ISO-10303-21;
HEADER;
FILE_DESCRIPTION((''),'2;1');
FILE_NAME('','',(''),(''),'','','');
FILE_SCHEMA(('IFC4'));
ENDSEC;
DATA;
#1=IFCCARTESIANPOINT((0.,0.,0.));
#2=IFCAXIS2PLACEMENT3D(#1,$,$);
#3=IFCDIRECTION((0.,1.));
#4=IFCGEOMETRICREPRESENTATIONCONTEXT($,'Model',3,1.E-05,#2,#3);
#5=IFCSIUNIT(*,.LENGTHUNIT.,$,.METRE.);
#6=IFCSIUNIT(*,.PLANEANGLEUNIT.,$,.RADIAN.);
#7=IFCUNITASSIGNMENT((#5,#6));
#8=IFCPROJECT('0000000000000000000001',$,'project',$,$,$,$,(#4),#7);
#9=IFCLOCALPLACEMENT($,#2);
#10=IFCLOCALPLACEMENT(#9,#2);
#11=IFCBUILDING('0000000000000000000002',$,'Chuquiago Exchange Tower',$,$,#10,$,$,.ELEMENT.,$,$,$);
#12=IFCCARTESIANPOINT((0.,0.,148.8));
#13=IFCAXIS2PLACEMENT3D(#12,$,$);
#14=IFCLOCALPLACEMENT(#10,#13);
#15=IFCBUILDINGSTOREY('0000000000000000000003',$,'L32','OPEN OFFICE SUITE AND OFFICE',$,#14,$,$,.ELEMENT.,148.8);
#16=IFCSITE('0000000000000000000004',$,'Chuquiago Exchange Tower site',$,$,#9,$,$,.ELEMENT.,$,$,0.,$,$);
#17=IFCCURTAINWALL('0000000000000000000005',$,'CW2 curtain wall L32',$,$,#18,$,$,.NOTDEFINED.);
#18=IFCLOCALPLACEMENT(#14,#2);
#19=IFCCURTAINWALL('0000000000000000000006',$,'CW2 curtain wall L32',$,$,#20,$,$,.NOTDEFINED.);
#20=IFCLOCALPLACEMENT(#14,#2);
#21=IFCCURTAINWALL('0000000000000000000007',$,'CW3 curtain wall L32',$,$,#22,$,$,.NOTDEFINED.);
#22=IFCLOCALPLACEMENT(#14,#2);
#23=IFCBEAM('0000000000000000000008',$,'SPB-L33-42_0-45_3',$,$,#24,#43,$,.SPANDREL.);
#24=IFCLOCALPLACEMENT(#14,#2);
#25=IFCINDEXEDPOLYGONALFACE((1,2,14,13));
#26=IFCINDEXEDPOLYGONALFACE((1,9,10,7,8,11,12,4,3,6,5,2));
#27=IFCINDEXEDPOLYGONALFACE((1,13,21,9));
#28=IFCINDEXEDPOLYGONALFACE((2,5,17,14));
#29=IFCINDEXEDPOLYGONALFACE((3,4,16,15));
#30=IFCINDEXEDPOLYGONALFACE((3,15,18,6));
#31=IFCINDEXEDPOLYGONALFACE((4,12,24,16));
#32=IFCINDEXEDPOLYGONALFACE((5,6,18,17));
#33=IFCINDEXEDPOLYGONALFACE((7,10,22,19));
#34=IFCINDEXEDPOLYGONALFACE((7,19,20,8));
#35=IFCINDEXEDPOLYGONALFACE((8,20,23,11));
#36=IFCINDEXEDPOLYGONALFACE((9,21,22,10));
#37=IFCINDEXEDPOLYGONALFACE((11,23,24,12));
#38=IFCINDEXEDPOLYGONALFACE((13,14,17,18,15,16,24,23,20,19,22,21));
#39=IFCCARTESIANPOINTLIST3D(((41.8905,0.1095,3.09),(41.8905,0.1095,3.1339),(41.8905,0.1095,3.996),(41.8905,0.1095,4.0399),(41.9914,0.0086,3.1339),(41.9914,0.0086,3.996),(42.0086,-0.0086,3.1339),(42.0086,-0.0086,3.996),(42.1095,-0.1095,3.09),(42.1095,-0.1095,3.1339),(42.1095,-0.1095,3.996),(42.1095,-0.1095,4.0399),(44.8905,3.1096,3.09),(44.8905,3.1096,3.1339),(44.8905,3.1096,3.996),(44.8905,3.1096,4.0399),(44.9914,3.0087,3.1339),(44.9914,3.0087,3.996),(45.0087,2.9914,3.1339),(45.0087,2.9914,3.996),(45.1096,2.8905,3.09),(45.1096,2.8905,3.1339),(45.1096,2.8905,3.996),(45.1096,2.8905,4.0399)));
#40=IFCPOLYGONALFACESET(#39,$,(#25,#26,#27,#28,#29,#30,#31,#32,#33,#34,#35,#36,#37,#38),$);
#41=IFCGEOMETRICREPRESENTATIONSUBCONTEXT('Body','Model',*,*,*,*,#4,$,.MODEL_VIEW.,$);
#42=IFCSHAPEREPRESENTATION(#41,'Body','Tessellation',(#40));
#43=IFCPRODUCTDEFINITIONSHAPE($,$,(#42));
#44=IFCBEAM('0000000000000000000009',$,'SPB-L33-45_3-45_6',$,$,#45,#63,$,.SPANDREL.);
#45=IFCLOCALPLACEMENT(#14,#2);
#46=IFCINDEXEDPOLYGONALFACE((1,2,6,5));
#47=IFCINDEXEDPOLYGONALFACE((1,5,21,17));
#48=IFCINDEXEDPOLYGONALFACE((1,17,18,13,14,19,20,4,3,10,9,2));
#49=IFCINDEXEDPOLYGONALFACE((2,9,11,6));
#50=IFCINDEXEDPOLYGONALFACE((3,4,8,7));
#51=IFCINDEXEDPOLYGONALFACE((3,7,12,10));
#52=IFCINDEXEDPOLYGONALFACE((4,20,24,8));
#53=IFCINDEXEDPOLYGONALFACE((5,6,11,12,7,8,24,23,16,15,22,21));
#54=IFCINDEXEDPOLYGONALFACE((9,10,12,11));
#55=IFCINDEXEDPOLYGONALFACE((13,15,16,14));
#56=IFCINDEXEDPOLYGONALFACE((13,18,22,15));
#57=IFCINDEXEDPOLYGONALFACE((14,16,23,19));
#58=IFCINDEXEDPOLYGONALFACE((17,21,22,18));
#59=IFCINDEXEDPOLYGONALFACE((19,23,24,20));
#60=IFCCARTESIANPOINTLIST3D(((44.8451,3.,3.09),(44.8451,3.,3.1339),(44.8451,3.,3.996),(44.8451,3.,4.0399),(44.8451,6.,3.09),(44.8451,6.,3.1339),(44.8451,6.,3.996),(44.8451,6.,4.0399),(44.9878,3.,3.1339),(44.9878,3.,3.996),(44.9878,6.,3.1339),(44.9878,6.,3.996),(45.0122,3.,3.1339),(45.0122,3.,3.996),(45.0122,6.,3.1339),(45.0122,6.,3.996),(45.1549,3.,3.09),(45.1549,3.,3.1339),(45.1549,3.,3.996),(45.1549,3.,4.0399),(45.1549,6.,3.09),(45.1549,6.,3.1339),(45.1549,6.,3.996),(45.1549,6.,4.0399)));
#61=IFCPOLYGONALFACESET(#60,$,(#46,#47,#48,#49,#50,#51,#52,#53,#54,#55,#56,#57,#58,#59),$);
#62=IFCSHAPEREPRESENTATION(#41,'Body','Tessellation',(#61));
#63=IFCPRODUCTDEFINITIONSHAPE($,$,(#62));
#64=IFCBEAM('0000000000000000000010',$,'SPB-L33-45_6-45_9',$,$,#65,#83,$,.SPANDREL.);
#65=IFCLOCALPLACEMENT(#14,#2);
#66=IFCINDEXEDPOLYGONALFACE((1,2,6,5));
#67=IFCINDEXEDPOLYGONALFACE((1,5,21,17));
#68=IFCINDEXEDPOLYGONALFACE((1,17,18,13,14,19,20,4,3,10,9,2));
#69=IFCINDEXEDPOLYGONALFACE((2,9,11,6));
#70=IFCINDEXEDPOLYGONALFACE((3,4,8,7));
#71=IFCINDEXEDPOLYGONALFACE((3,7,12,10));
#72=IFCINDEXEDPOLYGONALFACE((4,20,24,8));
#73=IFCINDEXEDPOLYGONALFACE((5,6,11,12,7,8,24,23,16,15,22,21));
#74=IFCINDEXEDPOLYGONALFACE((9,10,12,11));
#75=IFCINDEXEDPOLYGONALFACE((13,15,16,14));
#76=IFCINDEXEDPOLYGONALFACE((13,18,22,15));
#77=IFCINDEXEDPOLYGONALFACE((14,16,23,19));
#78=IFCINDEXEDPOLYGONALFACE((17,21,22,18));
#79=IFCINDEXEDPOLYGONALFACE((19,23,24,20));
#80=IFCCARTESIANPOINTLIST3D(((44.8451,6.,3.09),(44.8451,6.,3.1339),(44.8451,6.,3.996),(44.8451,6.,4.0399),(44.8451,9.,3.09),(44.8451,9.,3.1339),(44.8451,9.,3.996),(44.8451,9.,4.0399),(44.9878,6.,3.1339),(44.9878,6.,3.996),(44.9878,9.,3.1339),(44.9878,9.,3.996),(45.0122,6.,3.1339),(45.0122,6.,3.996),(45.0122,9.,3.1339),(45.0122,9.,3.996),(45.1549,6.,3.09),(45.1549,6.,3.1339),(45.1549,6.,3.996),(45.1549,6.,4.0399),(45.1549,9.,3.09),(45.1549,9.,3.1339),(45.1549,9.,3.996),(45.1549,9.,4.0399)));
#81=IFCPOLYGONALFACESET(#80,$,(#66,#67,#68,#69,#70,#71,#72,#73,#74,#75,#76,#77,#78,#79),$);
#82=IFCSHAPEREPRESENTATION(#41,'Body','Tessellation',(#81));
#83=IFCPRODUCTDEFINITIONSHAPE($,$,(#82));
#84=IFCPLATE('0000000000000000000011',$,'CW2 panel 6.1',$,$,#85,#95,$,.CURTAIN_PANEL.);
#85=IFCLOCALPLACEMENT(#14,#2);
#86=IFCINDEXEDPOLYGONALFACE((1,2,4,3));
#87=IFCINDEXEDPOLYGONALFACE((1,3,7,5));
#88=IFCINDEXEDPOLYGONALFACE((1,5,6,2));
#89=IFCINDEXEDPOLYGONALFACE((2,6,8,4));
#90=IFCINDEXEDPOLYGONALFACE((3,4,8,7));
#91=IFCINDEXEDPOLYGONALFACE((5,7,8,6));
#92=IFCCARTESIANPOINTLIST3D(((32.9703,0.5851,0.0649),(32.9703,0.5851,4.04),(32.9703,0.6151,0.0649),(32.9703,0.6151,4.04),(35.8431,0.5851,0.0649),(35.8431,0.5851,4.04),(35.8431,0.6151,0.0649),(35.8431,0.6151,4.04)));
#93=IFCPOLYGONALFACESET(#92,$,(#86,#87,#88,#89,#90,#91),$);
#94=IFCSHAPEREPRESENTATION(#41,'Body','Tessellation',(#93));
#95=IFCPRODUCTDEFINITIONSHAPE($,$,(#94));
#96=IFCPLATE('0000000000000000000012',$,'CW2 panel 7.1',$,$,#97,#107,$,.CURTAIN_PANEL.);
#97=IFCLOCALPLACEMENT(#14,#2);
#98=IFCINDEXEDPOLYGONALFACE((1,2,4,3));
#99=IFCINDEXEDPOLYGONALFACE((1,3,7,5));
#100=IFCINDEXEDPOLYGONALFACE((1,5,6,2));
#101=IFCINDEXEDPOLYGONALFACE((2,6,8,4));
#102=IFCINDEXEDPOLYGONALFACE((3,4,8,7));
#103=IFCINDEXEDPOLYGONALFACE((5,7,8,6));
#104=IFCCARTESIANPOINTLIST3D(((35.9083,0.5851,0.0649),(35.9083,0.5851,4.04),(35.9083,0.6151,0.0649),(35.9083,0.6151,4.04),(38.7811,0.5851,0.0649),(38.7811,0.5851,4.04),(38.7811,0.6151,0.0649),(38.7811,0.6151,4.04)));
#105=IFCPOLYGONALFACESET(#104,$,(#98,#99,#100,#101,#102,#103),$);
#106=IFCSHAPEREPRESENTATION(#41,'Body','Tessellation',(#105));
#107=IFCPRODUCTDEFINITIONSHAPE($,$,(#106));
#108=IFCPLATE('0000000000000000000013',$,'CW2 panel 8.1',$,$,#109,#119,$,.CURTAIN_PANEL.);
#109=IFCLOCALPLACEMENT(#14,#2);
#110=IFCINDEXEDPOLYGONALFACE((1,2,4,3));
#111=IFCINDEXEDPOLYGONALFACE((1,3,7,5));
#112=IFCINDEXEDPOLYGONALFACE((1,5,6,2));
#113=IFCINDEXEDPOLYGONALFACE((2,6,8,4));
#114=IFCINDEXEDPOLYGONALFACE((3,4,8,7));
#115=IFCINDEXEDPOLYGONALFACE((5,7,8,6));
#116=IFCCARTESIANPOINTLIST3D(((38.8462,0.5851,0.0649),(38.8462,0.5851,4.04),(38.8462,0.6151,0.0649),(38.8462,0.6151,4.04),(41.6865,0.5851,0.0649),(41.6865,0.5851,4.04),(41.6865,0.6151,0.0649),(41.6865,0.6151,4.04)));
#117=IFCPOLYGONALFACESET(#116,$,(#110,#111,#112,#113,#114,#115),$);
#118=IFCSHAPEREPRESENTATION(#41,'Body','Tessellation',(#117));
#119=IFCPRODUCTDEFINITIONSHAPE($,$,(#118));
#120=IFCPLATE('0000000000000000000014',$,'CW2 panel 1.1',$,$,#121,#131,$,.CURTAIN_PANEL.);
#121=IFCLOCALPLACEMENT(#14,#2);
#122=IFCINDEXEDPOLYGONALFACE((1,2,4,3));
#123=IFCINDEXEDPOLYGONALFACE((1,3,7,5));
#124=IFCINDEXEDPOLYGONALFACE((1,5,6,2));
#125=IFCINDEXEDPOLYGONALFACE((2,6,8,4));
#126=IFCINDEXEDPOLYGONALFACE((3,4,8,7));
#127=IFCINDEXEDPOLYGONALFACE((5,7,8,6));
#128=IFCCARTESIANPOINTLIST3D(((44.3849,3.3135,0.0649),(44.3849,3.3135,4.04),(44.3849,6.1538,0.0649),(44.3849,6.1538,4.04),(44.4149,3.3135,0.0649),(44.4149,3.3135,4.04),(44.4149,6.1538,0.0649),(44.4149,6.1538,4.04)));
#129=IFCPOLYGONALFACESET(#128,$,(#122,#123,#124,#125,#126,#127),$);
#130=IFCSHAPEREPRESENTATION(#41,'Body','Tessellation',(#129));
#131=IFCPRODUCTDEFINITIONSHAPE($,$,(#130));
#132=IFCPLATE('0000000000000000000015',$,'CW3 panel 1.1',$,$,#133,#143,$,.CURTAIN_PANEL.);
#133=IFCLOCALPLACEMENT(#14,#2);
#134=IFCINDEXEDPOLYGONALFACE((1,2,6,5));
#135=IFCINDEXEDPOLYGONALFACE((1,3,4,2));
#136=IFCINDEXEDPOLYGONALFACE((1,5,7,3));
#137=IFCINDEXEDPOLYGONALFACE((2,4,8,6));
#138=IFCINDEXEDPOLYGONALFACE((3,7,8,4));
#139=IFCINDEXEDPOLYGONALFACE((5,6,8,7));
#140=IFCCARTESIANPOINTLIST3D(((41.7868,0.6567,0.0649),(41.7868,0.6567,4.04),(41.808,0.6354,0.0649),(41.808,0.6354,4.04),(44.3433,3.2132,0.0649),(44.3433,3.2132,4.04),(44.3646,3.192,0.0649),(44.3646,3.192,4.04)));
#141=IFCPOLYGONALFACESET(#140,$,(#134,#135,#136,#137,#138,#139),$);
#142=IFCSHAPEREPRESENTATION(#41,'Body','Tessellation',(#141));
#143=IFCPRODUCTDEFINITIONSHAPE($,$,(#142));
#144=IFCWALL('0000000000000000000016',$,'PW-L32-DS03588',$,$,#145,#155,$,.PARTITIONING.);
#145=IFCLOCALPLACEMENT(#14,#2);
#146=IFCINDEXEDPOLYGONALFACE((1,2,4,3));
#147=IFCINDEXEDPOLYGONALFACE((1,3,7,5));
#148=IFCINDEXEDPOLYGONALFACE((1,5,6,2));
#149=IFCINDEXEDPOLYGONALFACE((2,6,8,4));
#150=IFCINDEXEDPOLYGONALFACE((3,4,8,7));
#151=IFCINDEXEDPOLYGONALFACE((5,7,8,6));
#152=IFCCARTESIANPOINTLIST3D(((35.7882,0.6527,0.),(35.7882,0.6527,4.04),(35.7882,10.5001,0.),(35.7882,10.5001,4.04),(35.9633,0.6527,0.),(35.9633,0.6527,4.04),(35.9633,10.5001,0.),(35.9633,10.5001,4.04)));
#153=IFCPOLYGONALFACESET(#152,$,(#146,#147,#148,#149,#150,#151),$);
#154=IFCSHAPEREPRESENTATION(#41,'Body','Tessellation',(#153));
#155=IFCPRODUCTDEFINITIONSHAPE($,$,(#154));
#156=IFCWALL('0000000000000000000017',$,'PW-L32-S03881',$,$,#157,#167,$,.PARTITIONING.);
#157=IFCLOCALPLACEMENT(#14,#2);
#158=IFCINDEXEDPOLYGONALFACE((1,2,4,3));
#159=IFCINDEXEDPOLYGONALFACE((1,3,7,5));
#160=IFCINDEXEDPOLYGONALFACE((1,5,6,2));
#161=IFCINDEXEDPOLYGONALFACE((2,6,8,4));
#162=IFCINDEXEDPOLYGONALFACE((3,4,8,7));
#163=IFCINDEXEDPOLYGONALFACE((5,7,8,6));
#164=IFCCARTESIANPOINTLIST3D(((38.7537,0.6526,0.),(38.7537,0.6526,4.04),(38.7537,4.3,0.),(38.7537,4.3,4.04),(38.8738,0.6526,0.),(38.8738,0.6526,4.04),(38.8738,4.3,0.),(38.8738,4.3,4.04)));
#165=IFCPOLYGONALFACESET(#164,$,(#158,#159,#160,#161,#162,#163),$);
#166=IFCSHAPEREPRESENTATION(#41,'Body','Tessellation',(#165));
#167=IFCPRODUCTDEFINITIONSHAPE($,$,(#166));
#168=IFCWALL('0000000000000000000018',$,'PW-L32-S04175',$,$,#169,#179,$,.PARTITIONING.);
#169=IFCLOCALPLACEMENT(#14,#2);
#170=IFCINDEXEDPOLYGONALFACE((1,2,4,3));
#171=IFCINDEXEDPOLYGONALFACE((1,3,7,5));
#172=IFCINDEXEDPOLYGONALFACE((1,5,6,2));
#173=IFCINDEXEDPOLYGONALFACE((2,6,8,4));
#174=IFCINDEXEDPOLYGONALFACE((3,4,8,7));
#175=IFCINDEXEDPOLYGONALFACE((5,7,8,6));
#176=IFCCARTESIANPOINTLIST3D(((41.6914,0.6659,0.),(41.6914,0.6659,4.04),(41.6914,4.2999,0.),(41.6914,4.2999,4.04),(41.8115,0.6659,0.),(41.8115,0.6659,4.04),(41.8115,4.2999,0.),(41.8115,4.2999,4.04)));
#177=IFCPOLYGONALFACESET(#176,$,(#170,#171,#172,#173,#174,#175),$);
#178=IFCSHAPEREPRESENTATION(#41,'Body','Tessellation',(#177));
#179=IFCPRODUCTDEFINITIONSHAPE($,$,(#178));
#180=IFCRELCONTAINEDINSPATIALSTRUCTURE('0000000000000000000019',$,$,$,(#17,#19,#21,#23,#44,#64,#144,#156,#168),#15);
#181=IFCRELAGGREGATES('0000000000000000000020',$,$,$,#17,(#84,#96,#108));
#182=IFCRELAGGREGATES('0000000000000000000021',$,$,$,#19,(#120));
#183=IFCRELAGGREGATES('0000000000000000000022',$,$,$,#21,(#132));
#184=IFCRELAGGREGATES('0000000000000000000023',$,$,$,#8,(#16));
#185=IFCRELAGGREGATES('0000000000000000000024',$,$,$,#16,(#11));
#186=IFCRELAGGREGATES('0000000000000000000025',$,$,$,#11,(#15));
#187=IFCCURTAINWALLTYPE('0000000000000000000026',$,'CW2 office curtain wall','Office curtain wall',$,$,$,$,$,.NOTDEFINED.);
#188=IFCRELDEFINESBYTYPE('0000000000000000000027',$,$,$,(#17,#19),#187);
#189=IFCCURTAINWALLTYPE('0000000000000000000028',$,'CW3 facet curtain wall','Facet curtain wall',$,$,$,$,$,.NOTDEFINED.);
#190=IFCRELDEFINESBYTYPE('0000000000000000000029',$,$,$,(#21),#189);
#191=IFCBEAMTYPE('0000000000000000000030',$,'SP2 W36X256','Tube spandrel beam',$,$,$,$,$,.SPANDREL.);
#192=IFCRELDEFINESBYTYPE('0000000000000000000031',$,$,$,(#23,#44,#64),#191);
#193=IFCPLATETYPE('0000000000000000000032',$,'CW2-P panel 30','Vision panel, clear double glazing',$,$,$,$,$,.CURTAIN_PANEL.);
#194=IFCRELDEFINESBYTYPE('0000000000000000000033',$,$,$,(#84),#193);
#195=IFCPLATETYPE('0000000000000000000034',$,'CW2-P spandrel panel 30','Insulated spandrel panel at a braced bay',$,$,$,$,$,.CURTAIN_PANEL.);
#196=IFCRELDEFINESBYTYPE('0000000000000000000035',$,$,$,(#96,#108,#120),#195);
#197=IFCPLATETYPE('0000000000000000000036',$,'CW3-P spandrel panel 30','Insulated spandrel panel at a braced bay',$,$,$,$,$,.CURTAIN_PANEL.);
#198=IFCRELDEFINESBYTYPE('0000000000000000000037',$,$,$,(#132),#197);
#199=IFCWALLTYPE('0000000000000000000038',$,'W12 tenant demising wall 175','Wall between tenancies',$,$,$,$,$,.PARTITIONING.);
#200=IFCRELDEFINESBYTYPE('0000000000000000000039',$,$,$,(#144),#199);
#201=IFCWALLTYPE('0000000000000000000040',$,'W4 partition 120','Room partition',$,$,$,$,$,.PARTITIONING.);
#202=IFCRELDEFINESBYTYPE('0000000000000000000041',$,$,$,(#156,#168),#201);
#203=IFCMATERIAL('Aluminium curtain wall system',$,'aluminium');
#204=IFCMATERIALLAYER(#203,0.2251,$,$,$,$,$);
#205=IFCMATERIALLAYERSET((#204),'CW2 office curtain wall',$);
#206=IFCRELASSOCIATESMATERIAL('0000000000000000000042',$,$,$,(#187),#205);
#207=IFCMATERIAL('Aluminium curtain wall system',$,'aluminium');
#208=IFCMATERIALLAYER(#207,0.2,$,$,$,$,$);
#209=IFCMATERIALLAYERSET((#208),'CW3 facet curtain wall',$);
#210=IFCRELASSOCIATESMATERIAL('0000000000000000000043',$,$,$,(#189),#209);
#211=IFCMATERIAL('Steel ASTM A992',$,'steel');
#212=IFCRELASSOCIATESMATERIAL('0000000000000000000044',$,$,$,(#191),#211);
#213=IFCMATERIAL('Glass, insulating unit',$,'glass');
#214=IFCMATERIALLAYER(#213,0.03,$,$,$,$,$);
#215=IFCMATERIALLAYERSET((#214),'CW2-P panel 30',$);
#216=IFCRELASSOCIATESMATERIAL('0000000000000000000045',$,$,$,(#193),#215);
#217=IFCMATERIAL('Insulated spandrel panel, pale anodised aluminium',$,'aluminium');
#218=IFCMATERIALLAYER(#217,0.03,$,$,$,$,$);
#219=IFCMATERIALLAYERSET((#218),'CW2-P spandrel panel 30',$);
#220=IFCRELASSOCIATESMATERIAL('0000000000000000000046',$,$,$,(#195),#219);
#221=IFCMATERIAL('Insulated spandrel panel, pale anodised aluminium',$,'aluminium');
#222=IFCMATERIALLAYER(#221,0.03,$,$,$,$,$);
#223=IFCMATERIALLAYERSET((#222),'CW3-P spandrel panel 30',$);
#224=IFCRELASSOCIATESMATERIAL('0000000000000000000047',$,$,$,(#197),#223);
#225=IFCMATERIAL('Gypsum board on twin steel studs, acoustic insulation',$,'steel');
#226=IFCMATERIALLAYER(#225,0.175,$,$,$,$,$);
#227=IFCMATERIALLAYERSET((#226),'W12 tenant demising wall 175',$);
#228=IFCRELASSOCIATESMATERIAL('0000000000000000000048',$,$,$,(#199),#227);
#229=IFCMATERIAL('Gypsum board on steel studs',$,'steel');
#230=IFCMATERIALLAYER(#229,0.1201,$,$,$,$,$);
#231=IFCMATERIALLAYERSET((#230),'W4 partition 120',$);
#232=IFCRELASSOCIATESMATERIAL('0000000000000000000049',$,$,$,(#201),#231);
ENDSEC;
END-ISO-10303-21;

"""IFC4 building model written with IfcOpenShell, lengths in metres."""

from ifc_helpers import new_model, si_unit, direction, frame, frame_2d, origin, origin_2d, place, context, subcontext, project, spatial, rectangle, i_section, extrude, material, layer, layer_set, material_profile, profile_set, type_object, element, aggregate, save


model = new_model("IFC4")

# Units and contexts
model_context = context("Model", 3, precision=1e-05, world=origin(), true_north=direction((0.0, 1.0)))
body_context = subcontext(model_context, "Body", "Model", "MODEL_VIEW")
ifc_project = project(units=[si_unit("LENGTHUNIT", "METRE"), si_unit("PLANEANGLEUNIT", "RADIAN")], contexts=[model_context])

# Site, building, storey
site_placement = place(None, origin())
site = spatial("IfcSite", under=ifc_project, at=site_placement, Name="Chuquiago Exchange Tower site", CompositionType="ELEMENT", RefElevation=0.0)
building_placement = place(site_placement, origin())
building = spatial("IfcBuilding", under=site, at=building_placement, Name="Chuquiago Exchange Tower", CompositionType="ELEMENT")
storey_placement = place(building_placement, frame((0.0, 0.0, 148.8)))
storey = spatial("IfcBuildingStorey", under=building, at=storey_placement, Name="L32", Description="OPEN OFFICE SUITE AND OFFICE", CompositionType="ELEMENT", Elevation=148.8)

# Curtain walls
ifc_material_1 = material(Name="Aluminium curtain wall system", Category="aluminium")
ifc_layer_1 = layer(ifc_material_1, 0.2251)
ifc_layer_set_1 = layer_set([ifc_layer_1], Name="CW2 office curtain wall")
curtain_wall_type_1 = type_object("IfcCurtainWallType", Name="CW2 office curtain wall", Description="Office curtain wall", PredefinedType="NOTDEFINED", material=ifc_layer_set_1)
curtain_wall_1_placement = place(storey_placement, origin())
curtain_wall_1 = element("IfcCurtainWall", 1, at=curtain_wall_1_placement, inside=storey, type_object=curtain_wall_type_1, Name="CW2 curtain wall L32", PredefinedType="NOTDEFINED")
curtain_wall_2_placement = place(storey_placement, origin())
curtain_wall_2 = element("IfcCurtainWall", 2, at=curtain_wall_2_placement, inside=storey, type_object=curtain_wall_type_1, Name="CW2 curtain wall L32", PredefinedType="NOTDEFINED")

# Curtain wall
ifc_material_2 = material(Name="Aluminium curtain wall system", Category="aluminium")
ifc_layer_2 = layer(ifc_material_2, 0.2)
ifc_layer_set_2 = layer_set([ifc_layer_2], Name="CW3 facet curtain wall")
curtain_wall_type_2 = type_object("IfcCurtainWallType", Name="CW3 facet curtain wall", Description="Facet curtain wall", PredefinedType="NOTDEFINED", material=ifc_layer_set_2)
curtain_wall_3_placement = place(storey_placement, origin())
curtain_wall_3 = element("IfcCurtainWall", 3, at=curtain_wall_3_placement, inside=storey, type_object=curtain_wall_type_2, Name="CW3 curtain wall L32", PredefinedType="NOTDEFINED")

# Beams
ifc_material_3 = material(Name="Steel ASTM A992", Category="steel")
ifc_material_profile_1 = material_profile(ifc_material_3, i_section(OverallWidth=0.3098, OverallDepth=0.95, WebThickness=0.0244, FlangeThickness=0.0439, at=origin_2d()), Name="W36X256")
ifc_profile_set_1 = profile_set([ifc_material_profile_1], Name="Steel ASTM A992")
beam_type = type_object("IfcBeamType", Name="SP2 W36X256", Description="Tube spandrel beam", PredefinedType="SPANDREL", material=ifc_profile_set_1)
beam_placement = place(storey_placement, frame((42.0, 0.0, 3.5649), z_axis=(0.707107, 0.707107, 0.0), x_axis=(-0.707107, 0.707107, 0.0)))
element("IfcBeam", 4, at=beam_placement, inside=storey, type_object=beam_type, Name="SPB-L33-42_0-45_3", PredefinedType="SPANDREL", context=body_context, shape_type="SweptSolid", body=[
    extrude(i_section(OverallWidth=0.3098, OverallDepth=0.95, WebThickness=0.0244, FlangeThickness=0.0439, at=origin_2d()), origin(), (0.0, 0.0, 1.0), 4.2427),
])
for number, where, z_axis, x_axis, name in (
    (5, (45.0, 3.0, 3.5649), (0.0, 1.0, 0.0), (-1.0, 0.0, 0.0), "SPB-L33-45_3-45_6"),
    (6, (45.0, 6.0, 3.5649), (0.0, 1.0, 0.0), (-1.0, 0.0, 0.0), "SPB-L33-45_6-45_9"),
):
    element("IfcBeam", number, at=place(storey_placement, frame(where, z_axis=z_axis, x_axis=x_axis)), inside=storey, type_object=beam_type, Name=name, PredefinedType="SPANDREL", context=body_context, shape_type="SweptSolid", body=[
        extrude(i_section(OverallWidth=0.3098, OverallDepth=0.95, WebThickness=0.0244, FlangeThickness=0.0439, at=origin_2d()), origin(), (0.0, 0.0, 1.0), 3.0),
    ])

# Plates
ifc_material_4 = material(Name="Glass, insulating unit", Category="glass")
ifc_layer_3 = layer(ifc_material_4, 0.03)
ifc_layer_set_3 = layer_set([ifc_layer_3], Name="CW2-P panel 30")
plate_type_1 = type_object("IfcPlateType", Name="CW2-P panel 30", Description="Vision panel, clear double glazing", PredefinedType="CURTAIN_PANEL", material=ifc_layer_set_3)
plate_1_placement = place(storey_placement, frame((34.4067, 0.6001, 0.0649), z_axis=(0.0, 0.0, 1.0), x_axis=(1.0, 0.0, 0.0)))
plate_1 = element("IfcPlate", 7, at=plate_1_placement, type_object=plate_type_1, Name="CW2 panel 6.1", PredefinedType="CURTAIN_PANEL", context=body_context, shape_type="SweptSolid", body=[
    extrude(rectangle(XDim=2.8728, YDim=0.03, at=origin_2d()), origin(), (0.0, 0.0, 1.0), 3.9751),
])
ifc_material_5 = material(Name="Insulated spandrel panel, pale anodised aluminium", Category="aluminium")
ifc_layer_4 = layer(ifc_material_5, 0.03)
ifc_layer_set_4 = layer_set([ifc_layer_4], Name="CW2-P spandrel panel 30")
plate_type_2 = type_object("IfcPlateType", Name="CW2-P spandrel panel 30", Description="Insulated spandrel panel at a braced bay", PredefinedType="CURTAIN_PANEL", material=ifc_layer_set_4)
plate_2_placement = place(storey_placement, frame((37.3447, 0.6001, 0.0649), z_axis=(0.0, 0.0, 1.0), x_axis=(1.0, 0.0, 0.0)))
plate_2 = element("IfcPlate", 8, at=plate_2_placement, type_object=plate_type_2, Name="CW2 panel 7.1", PredefinedType="CURTAIN_PANEL", context=body_context, shape_type="SweptSolid", body=[
    extrude(rectangle(XDim=2.8728, YDim=0.03, at=origin_2d()), origin(), (0.0, 0.0, 1.0), 3.9751),
])
plate_3_placement = place(storey_placement, frame((40.2664, 0.6001, 0.0649), z_axis=(0.0, 0.0, 1.0), x_axis=(1.0, 0.0, 0.0)))
plate_3 = element("IfcPlate", 9, at=plate_3_placement, type_object=plate_type_2, Name="CW2 panel 8.1", PredefinedType="CURTAIN_PANEL", context=body_context, shape_type="SweptSolid", body=[
    extrude(rectangle(XDim=2.8403, YDim=0.03, at=origin_2d()), origin(), (0.0, 0.0, 1.0), 3.9751),
])
aggregate(curtain_wall_1, [plate_1, plate_2, plate_3])
plate_4_placement = place(storey_placement, frame((44.3999, 4.7336, 0.0649), z_axis=(0.0, 0.0, 1.0), x_axis=(0.0, 1.0, 0.0)))
plate_4 = element("IfcPlate", 10, at=plate_4_placement, type_object=plate_type_2, Name="CW2 panel 1.1", PredefinedType="CURTAIN_PANEL", context=body_context, shape_type="SweptSolid", body=[
    extrude(rectangle(XDim=2.8403, YDim=0.03, at=origin_2d()), origin(), (0.0, 0.0, 1.0), 3.9751),
])
aggregate(curtain_wall_2, [plate_4])
ifc_material_6 = material(Name="Insulated spandrel panel, pale anodised aluminium", Category="aluminium")
ifc_layer_5 = layer(ifc_material_6, 0.03)
ifc_layer_set_5 = layer_set([ifc_layer_5], Name="CW3-P spandrel panel 30")
plate_type_3 = type_object("IfcPlateType", Name="CW3-P spandrel panel 30", Description="Insulated spandrel panel at a braced bay", PredefinedType="CURTAIN_PANEL", material=ifc_layer_set_5)
plate_5_placement = place(storey_placement, frame((43.0757, 1.9243, 0.0649), z_axis=(0.0, 0.0, 1.0), x_axis=(0.707107, 0.707107, 0.0)))
plate_5 = element("IfcPlate", 11, at=plate_5_placement, type_object=plate_type_3, Name="CW3 panel 1.1", PredefinedType="CURTAIN_PANEL", context=body_context, shape_type="SweptSolid", body=[
    extrude(rectangle(XDim=3.6155, YDim=0.03, at=origin_2d()), origin(), (0.0, 0.0, 1.0), 3.9751),
])
aggregate(curtain_wall_3, [plate_5])

# Walls
ifc_material_7 = material(Name="Gypsum board on twin steel studs, acoustic insulation", Category="steel")
ifc_layer_6 = layer(ifc_material_7, 0.175)
ifc_layer_set_6 = layer_set([ifc_layer_6], Name="W12 tenant demising wall 175")
wall_type_1 = type_object("IfcWallType", Name="W12 tenant demising wall 175", Description="Wall between tenancies", PredefinedType="PARTITIONING", material=ifc_layer_set_6)
wall_1_placement = place(storey_placement, frame((35.8757, 0.6526, 0.0), z_axis=(0.0, 0.0, 1.0), x_axis=(0.0, 1.0, 0.0)))
element("IfcWall", 12, at=wall_1_placement, inside=storey, type_object=wall_type_1, Name="PW-L32-DS03588", PredefinedType="PARTITIONING", context=body_context, shape_type="SweptSolid", body=[
    extrude(rectangle(XDim=9.8474, YDim=0.175, at=frame_2d((4.9238, 0.0))), origin(), (0.0, 0.0, 1.0), 4.04),
])
ifc_material_8 = material(Name="Gypsum board on steel studs", Category="steel")
ifc_layer_7 = layer(ifc_material_8, 0.1201)
ifc_layer_set_7 = layer_set([ifc_layer_7], Name="W4 partition 120")
wall_type_2 = type_object("IfcWallType", Name="W4 partition 120", Description="Room partition", PredefinedType="PARTITIONING", material=ifc_layer_set_7)
wall_2_placement = place(storey_placement, frame((38.8137, 0.6526, 0.0), z_axis=(0.0, 0.0, 1.0), x_axis=(0.0, 1.0, 0.0)))
element("IfcWall", 13, at=wall_2_placement, inside=storey, type_object=wall_type_2, Name="PW-L32-S03881", PredefinedType="PARTITIONING", context=body_context, shape_type="SweptSolid", body=[
    extrude(rectangle(XDim=3.6475, YDim=0.1201, at=frame_2d((1.8237, 0.0))), origin(), (0.0, 0.0, 1.0), 4.04),
])
wall_3_placement = place(storey_placement, frame((41.7515, 0.666, 0.0), z_axis=(0.0, 0.0, 1.0), x_axis=(0.0, 1.0, 0.0)))
element("IfcWall", 14, at=wall_3_placement, inside=storey, type_object=wall_type_2, Name="PW-L32-S04175", PredefinedType="PARTITIONING", context=body_context, shape_type="SweptSolid", body=[
    extrude(rectangle(XDim=3.634, YDim=0.1201, at=frame_2d((1.8169, 0.0))), origin(), (0.0, 0.0, 1.0), 4.04),
])

save(model, "model.ifc")
